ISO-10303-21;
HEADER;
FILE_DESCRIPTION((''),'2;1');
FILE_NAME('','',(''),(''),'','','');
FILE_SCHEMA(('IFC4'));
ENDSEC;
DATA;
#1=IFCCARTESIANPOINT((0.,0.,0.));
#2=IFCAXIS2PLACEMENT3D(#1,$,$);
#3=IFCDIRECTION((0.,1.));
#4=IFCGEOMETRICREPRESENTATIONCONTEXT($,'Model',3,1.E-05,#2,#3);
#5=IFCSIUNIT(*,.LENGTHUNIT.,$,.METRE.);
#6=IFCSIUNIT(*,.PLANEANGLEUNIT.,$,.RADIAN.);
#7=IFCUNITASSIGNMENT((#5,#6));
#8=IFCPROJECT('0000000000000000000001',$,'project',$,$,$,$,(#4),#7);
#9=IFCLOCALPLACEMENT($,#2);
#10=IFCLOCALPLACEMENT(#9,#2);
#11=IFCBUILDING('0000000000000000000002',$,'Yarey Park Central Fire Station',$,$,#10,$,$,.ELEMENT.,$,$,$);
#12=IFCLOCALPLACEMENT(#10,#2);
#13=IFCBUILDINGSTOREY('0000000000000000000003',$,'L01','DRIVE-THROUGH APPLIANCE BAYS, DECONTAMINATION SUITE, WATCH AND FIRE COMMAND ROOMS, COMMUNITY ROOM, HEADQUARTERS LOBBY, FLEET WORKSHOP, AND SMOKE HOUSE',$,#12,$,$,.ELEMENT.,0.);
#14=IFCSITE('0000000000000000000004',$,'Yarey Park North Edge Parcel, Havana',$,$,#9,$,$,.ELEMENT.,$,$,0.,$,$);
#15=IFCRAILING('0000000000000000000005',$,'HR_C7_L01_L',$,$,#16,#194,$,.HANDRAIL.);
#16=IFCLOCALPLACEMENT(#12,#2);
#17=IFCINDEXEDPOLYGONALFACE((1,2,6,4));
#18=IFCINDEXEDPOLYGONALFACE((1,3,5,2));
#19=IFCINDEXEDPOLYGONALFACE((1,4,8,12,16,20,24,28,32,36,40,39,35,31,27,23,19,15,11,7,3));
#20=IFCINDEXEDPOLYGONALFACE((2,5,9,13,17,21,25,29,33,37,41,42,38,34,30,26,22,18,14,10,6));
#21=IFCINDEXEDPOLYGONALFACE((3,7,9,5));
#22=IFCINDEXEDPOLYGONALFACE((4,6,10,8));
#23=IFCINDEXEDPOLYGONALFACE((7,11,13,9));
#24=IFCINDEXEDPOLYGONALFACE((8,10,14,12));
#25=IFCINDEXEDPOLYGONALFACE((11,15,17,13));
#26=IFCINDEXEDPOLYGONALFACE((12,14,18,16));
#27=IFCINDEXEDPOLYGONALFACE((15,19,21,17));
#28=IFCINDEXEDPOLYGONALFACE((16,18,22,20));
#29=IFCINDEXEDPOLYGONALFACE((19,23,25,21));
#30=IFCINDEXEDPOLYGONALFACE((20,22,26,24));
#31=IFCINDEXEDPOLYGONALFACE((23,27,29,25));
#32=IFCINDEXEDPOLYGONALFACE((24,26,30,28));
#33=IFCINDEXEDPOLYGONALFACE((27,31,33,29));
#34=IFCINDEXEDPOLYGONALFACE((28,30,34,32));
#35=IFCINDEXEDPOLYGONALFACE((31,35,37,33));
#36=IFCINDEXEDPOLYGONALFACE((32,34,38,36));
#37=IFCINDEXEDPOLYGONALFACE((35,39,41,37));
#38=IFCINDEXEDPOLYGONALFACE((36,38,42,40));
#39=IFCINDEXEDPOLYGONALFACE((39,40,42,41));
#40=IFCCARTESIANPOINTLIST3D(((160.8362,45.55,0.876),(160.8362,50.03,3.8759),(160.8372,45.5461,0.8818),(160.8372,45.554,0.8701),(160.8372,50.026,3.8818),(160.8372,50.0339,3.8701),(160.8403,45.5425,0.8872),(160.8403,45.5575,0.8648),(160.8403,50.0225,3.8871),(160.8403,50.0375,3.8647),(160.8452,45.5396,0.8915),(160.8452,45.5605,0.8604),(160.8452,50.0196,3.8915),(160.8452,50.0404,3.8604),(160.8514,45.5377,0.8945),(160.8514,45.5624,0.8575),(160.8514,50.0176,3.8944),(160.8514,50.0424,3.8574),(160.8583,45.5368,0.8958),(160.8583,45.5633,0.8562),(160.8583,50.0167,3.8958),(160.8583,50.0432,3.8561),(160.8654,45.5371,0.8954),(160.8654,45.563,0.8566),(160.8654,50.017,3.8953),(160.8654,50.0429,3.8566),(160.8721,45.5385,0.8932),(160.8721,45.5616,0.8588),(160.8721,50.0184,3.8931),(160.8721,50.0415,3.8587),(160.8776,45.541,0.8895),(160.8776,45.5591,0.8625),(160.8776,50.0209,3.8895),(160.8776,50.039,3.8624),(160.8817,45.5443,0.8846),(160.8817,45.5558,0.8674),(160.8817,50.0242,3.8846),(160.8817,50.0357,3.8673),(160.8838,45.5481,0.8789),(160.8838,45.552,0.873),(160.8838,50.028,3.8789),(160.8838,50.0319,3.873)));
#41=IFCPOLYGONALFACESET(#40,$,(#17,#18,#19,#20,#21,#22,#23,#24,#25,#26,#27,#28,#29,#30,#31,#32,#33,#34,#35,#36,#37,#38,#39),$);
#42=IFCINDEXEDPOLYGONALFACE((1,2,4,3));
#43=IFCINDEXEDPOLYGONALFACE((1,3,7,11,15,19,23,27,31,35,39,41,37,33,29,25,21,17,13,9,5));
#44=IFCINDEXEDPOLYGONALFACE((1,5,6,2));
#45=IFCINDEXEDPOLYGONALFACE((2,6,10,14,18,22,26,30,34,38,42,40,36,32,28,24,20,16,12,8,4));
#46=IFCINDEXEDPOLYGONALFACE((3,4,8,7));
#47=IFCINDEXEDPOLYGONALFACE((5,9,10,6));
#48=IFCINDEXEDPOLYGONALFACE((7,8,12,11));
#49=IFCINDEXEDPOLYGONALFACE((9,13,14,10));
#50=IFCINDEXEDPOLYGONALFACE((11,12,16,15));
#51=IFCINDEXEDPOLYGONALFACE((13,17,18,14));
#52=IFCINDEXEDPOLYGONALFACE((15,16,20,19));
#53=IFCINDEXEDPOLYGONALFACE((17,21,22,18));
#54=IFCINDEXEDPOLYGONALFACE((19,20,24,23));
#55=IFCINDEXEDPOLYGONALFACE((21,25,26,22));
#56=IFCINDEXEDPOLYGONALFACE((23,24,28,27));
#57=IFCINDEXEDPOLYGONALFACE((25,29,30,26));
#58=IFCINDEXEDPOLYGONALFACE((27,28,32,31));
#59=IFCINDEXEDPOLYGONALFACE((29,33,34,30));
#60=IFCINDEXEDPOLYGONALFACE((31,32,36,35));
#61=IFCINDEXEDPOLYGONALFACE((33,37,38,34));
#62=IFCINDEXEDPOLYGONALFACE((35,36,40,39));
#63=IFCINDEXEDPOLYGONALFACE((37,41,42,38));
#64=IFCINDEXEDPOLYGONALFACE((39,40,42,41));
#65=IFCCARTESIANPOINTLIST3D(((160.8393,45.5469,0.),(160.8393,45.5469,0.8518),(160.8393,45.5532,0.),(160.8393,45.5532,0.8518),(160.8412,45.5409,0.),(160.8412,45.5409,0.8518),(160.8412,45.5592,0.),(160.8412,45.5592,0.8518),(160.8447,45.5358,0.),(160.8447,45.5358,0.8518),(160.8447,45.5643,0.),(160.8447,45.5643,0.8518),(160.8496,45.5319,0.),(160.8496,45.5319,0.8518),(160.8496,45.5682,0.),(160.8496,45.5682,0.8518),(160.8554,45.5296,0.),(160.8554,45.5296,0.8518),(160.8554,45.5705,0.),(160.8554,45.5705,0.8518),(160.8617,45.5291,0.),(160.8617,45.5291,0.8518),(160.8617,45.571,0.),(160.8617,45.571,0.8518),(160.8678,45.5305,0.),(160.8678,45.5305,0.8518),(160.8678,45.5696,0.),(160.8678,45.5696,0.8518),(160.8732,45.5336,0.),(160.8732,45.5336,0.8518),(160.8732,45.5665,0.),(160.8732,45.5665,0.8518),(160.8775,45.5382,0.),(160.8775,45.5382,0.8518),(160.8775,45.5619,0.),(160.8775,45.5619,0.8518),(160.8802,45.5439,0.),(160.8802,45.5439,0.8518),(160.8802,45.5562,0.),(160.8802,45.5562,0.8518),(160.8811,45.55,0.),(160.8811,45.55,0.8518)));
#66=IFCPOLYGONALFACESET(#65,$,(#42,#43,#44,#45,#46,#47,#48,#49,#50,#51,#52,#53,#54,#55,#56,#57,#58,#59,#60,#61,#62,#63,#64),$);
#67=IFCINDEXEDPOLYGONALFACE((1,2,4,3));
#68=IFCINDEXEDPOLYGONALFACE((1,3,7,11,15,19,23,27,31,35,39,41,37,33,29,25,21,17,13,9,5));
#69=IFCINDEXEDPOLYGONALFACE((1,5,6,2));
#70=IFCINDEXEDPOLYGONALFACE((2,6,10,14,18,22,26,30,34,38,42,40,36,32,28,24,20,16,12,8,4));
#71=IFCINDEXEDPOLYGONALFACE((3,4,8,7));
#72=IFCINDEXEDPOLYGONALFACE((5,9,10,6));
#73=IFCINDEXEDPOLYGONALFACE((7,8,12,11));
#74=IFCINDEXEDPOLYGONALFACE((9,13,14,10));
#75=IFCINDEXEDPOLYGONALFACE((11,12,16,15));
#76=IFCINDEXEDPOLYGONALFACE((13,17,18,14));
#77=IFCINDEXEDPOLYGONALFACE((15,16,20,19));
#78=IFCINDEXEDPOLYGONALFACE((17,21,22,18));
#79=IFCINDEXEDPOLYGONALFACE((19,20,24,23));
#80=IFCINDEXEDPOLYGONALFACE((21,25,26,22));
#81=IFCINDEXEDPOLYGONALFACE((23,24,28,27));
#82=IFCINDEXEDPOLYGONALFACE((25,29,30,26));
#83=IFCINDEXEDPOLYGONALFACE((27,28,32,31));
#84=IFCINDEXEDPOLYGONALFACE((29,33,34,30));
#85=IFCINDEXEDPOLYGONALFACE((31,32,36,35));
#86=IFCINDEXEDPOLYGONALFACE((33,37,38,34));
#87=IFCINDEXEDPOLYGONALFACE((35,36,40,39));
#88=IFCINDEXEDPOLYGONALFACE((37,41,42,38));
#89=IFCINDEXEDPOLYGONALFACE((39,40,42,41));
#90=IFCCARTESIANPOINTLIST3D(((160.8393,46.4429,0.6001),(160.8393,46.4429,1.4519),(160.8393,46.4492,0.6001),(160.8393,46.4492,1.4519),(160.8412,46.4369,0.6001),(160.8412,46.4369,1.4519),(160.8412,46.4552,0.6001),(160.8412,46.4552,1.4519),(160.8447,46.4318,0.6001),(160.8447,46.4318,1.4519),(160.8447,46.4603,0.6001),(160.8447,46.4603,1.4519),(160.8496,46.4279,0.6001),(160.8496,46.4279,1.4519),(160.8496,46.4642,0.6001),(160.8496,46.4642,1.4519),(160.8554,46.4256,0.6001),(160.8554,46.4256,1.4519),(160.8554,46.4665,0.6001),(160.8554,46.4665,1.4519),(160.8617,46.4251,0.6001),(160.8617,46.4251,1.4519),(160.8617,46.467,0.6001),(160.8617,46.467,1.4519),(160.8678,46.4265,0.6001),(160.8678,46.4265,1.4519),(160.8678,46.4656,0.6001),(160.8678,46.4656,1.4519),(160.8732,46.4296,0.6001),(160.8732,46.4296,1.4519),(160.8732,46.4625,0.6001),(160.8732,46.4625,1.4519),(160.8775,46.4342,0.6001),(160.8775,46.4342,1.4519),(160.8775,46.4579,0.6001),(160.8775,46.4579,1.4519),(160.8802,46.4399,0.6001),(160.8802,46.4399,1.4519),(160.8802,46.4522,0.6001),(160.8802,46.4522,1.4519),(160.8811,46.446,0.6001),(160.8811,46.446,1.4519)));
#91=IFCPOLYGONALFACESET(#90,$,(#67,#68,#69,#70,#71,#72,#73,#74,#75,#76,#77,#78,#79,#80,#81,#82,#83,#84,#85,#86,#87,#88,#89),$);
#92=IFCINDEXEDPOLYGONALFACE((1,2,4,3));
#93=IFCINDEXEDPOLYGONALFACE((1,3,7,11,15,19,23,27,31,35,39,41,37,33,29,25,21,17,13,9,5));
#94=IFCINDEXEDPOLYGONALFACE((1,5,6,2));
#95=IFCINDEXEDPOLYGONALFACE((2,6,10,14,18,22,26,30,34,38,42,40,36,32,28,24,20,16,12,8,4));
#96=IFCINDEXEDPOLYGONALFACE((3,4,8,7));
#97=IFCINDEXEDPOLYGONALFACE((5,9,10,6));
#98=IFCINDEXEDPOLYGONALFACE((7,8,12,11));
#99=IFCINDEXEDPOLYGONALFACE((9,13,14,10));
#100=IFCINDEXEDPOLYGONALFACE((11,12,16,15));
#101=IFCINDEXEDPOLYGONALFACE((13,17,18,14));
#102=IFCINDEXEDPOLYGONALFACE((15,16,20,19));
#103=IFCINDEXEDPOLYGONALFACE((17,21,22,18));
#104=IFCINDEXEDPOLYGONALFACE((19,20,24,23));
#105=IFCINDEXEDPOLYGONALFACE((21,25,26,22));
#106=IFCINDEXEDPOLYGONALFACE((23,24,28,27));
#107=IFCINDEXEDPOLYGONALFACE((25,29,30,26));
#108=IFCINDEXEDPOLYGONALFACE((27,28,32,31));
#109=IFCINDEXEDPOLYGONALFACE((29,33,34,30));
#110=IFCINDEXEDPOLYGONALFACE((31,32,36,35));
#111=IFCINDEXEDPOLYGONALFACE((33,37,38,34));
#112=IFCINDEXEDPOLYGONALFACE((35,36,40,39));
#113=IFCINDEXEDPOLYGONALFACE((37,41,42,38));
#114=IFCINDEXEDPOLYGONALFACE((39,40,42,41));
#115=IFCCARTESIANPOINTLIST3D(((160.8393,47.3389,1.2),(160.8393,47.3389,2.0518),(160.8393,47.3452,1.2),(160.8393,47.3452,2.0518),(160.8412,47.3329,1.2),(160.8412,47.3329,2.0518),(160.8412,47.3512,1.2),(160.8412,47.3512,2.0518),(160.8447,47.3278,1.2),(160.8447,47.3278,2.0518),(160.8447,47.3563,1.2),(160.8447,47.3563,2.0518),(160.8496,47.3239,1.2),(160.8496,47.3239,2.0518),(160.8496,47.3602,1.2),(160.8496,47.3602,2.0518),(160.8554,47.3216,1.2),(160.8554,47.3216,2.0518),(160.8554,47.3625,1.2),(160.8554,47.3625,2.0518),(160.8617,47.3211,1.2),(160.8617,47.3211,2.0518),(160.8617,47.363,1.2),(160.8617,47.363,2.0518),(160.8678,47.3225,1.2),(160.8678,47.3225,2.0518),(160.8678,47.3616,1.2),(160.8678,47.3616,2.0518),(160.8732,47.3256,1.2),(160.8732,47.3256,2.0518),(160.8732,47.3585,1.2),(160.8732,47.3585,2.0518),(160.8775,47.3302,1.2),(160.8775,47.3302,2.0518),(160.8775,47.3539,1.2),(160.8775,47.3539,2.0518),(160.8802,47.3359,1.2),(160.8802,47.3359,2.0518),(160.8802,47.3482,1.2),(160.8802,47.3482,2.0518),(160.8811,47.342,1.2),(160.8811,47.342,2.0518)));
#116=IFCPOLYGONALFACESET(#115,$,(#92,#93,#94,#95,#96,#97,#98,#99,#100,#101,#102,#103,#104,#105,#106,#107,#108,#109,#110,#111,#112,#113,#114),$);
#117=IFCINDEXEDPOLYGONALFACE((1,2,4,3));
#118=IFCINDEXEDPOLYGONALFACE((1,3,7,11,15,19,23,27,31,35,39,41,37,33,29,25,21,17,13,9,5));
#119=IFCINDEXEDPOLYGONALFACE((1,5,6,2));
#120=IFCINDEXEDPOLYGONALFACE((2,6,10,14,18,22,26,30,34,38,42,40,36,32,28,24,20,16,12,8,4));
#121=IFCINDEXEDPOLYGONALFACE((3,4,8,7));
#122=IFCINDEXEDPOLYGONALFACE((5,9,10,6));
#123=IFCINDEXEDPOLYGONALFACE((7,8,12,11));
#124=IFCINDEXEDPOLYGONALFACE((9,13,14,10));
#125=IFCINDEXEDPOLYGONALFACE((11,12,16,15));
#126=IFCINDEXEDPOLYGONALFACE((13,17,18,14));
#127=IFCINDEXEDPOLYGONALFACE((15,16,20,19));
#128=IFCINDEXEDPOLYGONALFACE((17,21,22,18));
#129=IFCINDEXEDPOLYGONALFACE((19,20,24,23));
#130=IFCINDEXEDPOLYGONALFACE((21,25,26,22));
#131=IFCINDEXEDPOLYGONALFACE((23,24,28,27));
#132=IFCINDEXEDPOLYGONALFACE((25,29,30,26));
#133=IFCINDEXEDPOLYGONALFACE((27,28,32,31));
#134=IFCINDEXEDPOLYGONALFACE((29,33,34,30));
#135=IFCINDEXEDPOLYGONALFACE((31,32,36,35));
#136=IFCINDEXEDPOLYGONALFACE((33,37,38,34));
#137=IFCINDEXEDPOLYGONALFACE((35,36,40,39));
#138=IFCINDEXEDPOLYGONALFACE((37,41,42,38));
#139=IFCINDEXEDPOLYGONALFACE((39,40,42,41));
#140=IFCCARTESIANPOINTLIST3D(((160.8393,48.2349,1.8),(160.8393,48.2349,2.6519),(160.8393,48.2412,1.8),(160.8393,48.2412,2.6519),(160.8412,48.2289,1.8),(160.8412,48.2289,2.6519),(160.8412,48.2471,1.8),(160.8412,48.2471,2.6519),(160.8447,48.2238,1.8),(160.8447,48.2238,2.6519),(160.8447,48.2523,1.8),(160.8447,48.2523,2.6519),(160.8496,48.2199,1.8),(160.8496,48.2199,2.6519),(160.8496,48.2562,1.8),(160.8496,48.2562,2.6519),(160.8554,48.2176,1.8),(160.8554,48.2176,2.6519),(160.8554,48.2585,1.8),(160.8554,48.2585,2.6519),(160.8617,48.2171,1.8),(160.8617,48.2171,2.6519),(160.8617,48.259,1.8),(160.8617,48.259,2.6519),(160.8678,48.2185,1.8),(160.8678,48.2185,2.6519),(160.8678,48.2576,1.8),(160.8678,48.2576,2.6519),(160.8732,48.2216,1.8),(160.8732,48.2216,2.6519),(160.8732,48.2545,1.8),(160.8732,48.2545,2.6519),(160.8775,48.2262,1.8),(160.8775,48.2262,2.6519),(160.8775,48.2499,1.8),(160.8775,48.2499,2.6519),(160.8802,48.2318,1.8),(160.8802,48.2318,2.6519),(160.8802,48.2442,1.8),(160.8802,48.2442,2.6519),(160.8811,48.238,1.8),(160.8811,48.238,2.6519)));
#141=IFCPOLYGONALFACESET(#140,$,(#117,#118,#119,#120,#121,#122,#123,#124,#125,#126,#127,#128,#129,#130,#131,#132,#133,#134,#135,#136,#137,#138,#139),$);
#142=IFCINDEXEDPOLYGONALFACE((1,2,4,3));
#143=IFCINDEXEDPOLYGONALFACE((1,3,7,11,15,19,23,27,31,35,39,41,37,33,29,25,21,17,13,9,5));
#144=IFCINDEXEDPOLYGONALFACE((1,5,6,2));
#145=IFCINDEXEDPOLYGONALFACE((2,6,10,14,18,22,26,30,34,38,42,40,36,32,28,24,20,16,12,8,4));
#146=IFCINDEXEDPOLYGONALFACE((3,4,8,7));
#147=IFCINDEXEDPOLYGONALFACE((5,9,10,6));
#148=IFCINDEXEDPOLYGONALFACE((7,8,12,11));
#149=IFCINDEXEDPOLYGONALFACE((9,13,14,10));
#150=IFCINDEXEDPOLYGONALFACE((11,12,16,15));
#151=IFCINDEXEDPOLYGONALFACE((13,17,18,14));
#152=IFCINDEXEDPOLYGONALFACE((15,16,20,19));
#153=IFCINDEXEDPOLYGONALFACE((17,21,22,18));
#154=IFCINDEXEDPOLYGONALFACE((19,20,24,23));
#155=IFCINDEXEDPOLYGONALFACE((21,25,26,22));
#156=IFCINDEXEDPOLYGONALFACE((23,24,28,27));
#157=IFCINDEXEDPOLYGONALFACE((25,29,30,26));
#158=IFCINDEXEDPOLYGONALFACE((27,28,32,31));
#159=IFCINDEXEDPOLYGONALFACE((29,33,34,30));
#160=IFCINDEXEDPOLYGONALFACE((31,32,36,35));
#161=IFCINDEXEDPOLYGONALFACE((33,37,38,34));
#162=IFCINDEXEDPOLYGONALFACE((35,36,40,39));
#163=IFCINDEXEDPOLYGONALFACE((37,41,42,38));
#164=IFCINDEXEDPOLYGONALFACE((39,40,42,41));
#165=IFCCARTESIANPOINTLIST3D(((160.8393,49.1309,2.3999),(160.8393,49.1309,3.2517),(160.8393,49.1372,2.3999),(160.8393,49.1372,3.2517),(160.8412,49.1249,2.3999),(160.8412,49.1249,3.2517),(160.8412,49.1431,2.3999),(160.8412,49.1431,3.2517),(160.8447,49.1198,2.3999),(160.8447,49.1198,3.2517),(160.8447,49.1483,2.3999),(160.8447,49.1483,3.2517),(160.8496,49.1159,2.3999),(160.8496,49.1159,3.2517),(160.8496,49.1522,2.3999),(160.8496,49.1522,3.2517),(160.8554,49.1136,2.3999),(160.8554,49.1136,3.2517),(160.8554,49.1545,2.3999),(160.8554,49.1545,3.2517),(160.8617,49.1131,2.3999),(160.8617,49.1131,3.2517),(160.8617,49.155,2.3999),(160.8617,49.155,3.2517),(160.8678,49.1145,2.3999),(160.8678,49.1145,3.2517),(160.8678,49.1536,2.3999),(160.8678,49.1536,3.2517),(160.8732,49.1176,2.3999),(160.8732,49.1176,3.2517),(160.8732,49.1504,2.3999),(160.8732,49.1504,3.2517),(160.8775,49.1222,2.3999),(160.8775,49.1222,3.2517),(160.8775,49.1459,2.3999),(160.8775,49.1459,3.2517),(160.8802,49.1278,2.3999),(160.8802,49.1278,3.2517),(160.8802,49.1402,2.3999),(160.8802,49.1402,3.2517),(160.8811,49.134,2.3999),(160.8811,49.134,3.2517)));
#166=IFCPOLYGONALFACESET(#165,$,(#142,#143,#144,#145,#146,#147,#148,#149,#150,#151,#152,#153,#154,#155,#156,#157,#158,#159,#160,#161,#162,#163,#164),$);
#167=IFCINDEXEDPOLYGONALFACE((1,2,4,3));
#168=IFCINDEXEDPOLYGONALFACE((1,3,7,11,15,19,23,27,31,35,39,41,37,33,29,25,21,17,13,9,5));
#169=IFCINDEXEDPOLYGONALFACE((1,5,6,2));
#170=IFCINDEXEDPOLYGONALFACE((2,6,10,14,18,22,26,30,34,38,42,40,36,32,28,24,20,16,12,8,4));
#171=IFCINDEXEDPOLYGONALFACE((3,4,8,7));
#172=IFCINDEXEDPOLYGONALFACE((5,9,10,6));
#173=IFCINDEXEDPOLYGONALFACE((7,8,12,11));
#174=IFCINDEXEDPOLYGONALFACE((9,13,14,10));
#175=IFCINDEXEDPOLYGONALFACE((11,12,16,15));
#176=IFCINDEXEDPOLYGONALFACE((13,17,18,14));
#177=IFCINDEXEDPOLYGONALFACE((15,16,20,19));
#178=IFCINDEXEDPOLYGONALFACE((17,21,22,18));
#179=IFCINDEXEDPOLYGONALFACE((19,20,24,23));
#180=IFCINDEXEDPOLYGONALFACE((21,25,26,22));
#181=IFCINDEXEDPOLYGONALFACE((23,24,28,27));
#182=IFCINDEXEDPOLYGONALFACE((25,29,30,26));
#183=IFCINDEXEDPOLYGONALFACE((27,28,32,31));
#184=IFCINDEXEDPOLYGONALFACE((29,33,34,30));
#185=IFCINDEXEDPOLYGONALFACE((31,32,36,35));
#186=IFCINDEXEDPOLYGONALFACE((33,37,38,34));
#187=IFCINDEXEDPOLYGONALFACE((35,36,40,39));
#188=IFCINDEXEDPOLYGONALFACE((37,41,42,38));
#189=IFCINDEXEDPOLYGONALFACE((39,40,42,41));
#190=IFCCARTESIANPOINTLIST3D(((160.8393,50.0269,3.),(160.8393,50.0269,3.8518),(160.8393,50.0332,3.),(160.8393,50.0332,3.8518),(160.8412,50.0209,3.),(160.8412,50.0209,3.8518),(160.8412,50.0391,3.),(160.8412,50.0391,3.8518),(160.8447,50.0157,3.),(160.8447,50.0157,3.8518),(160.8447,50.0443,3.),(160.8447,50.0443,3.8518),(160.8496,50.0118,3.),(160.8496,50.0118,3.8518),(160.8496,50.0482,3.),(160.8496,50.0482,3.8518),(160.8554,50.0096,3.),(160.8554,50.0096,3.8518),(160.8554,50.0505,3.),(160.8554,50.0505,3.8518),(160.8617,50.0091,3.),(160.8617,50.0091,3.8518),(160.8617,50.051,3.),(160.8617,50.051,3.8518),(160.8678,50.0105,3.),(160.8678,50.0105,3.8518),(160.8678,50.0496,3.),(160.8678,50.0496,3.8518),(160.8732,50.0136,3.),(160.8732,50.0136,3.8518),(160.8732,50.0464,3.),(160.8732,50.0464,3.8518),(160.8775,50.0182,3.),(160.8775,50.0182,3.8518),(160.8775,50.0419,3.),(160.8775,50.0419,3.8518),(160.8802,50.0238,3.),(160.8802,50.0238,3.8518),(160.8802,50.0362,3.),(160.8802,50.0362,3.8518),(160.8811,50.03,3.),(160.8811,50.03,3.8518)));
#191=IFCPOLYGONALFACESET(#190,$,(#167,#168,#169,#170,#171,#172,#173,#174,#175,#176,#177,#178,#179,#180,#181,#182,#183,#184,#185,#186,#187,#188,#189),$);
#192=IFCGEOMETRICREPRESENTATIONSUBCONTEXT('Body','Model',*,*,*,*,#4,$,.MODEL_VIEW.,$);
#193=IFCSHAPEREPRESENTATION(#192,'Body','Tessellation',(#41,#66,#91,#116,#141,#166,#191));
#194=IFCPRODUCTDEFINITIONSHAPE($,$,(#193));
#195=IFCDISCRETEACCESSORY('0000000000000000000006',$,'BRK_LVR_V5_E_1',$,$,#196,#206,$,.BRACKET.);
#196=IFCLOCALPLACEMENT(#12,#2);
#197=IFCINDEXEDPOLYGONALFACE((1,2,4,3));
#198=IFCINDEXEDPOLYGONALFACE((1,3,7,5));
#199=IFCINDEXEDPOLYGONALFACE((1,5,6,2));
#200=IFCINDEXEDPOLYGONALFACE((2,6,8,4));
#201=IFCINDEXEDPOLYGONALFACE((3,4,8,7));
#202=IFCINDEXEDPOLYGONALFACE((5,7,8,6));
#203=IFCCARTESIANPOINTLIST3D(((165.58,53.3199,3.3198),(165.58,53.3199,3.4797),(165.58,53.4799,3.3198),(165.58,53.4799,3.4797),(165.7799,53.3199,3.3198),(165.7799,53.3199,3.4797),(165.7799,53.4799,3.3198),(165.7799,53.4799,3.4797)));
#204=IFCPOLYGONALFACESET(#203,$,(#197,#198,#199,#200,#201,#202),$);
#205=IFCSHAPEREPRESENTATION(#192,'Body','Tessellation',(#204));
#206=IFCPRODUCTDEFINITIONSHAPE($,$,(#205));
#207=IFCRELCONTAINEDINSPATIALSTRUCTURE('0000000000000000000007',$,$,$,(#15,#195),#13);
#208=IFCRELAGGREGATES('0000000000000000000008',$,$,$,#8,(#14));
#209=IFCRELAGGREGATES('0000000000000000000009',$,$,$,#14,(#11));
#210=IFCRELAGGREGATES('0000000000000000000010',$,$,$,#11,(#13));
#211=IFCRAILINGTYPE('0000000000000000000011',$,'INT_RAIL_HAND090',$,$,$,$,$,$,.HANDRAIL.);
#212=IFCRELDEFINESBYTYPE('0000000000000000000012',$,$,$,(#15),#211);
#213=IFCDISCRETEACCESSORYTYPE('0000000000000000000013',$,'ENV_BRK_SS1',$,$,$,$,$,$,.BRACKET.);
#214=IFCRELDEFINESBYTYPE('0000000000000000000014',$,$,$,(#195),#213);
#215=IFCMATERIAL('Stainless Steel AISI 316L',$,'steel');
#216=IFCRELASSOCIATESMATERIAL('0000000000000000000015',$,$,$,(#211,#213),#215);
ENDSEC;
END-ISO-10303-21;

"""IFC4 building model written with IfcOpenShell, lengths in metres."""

from ifc_helpers import new_model, si_unit, direction, frame, origin, origin_2d, place, context, subcontext, project, spatial, rectangle, circle, extrude, material, type_object, element, save


model = new_model("IFC4")

# Units and contexts
model_context = context("Model", 3, precision=1e-05, world=origin(), true_north=direction((0.0, 1.0)))
body_context = subcontext(model_context, "Body", "Model", "MODEL_VIEW")
ifc_project = project(units=[si_unit("LENGTHUNIT", "METRE"), si_unit("PLANEANGLEUNIT", "RADIAN")], contexts=[model_context])

# Site, building, storey
site_placement = place(None, origin())
site = spatial("IfcSite", under=ifc_project, at=site_placement, Name="Yarey Park North Edge Parcel, Havana", CompositionType="ELEMENT", RefElevation=0.0)
building_placement = place(site_placement, origin())
building = spatial("IfcBuilding", under=site, at=building_placement, Name="Yarey Park Central Fire Station", CompositionType="ELEMENT")
storey_placement = place(building_placement, origin())
storey = spatial("IfcBuildingStorey", under=building, at=storey_placement, Name="L01", Description="DRIVE-THROUGH APPLIANCE BAYS, DECONTAMINATION SUITE, WATCH AND FIRE COMMAND ROOMS, COMMUNITY ROOM, HEADQUARTERS LOBBY, FLEET WORKSHOP, AND SMOKE HOUSE", CompositionType="ELEMENT", Elevation=0.0)

# Railing
ifc_material_1 = material(Name="Stainless Steel AISI 316L", Category="steel")
railing_type = type_object("IfcRailingType", Name="INT_RAIL_HAND090", PredefinedType="HANDRAIL", material=ifc_material_1)
for number, where, name in (
    (1, (160.8601, 45.55, 0.0), "HR_C7_L01_L"),
):
    element("IfcRailing", number, at=place(storey_placement, frame(where)), inside=storey, type_object=railing_type, Name=name, PredefinedType="HANDRAIL", context=body_context, shape_type="SweptSolid", body=[
        extrude(circle(Radius=0.0239, at=origin_2d()), frame((0.0, 0.0, 0.876), z_axis=(0.0, 0.830906, 0.556413), x_axis=(-1.0, 0.0, 0.0)), (0.0, 0.0, 1.0), 5.3916),
        extrude(circle(Radius=0.021, at=origin_2d()), origin(), (0.0, 0.0, 1.0), 0.8518),
        extrude(circle(Radius=0.021, at=origin_2d()), frame((0.0, 0.896, 0.6001)), (0.0, 0.0, 1.0), 0.8518),
        extrude(circle(Radius=0.021, at=origin_2d()), frame((0.0, 1.792, 1.2)), (0.0, 0.0, 1.0), 0.8518),
        extrude(circle(Radius=0.021, at=origin_2d()), frame((0.0, 2.688, 1.8)), (0.0, 0.0, 1.0), 0.8518),
        extrude(circle(Radius=0.021, at=origin_2d()), frame((0.0, 3.584, 2.3999)), (0.0, 0.0, 1.0), 0.8518),
        extrude(circle(Radius=0.021, at=origin_2d()), frame((0.0, 4.48, 3.0)), (0.0, 0.0, 1.0), 0.8518),
    ])

# Discrete accessory
discrete_accessory_type = type_object("IfcDiscreteAccessoryType", Name="ENV_BRK_SS1", PredefinedType="BRACKET", material=ifc_material_1)
discrete_accessory_1_placement = place(storey_placement, frame((165.6799, 53.3999, 3.3198), z_axis=(0.0, 0.0, 1.0), x_axis=(1.0, 0.0, 0.0)))
element("IfcDiscreteAccessory", 2, at=discrete_accessory_1_placement, inside=storey, type_object=discrete_accessory_type, Name="BRK_LVR_V5_E_1", PredefinedType="BRACKET", context=body_context, shape_type="SweptSolid", body=[
    extrude(rectangle(XDim=0.2, YDim=0.1599, at=origin_2d()), origin(), (0.0, 0.0, 1.0), 0.1599),
])

save(model, "model.ifc")
